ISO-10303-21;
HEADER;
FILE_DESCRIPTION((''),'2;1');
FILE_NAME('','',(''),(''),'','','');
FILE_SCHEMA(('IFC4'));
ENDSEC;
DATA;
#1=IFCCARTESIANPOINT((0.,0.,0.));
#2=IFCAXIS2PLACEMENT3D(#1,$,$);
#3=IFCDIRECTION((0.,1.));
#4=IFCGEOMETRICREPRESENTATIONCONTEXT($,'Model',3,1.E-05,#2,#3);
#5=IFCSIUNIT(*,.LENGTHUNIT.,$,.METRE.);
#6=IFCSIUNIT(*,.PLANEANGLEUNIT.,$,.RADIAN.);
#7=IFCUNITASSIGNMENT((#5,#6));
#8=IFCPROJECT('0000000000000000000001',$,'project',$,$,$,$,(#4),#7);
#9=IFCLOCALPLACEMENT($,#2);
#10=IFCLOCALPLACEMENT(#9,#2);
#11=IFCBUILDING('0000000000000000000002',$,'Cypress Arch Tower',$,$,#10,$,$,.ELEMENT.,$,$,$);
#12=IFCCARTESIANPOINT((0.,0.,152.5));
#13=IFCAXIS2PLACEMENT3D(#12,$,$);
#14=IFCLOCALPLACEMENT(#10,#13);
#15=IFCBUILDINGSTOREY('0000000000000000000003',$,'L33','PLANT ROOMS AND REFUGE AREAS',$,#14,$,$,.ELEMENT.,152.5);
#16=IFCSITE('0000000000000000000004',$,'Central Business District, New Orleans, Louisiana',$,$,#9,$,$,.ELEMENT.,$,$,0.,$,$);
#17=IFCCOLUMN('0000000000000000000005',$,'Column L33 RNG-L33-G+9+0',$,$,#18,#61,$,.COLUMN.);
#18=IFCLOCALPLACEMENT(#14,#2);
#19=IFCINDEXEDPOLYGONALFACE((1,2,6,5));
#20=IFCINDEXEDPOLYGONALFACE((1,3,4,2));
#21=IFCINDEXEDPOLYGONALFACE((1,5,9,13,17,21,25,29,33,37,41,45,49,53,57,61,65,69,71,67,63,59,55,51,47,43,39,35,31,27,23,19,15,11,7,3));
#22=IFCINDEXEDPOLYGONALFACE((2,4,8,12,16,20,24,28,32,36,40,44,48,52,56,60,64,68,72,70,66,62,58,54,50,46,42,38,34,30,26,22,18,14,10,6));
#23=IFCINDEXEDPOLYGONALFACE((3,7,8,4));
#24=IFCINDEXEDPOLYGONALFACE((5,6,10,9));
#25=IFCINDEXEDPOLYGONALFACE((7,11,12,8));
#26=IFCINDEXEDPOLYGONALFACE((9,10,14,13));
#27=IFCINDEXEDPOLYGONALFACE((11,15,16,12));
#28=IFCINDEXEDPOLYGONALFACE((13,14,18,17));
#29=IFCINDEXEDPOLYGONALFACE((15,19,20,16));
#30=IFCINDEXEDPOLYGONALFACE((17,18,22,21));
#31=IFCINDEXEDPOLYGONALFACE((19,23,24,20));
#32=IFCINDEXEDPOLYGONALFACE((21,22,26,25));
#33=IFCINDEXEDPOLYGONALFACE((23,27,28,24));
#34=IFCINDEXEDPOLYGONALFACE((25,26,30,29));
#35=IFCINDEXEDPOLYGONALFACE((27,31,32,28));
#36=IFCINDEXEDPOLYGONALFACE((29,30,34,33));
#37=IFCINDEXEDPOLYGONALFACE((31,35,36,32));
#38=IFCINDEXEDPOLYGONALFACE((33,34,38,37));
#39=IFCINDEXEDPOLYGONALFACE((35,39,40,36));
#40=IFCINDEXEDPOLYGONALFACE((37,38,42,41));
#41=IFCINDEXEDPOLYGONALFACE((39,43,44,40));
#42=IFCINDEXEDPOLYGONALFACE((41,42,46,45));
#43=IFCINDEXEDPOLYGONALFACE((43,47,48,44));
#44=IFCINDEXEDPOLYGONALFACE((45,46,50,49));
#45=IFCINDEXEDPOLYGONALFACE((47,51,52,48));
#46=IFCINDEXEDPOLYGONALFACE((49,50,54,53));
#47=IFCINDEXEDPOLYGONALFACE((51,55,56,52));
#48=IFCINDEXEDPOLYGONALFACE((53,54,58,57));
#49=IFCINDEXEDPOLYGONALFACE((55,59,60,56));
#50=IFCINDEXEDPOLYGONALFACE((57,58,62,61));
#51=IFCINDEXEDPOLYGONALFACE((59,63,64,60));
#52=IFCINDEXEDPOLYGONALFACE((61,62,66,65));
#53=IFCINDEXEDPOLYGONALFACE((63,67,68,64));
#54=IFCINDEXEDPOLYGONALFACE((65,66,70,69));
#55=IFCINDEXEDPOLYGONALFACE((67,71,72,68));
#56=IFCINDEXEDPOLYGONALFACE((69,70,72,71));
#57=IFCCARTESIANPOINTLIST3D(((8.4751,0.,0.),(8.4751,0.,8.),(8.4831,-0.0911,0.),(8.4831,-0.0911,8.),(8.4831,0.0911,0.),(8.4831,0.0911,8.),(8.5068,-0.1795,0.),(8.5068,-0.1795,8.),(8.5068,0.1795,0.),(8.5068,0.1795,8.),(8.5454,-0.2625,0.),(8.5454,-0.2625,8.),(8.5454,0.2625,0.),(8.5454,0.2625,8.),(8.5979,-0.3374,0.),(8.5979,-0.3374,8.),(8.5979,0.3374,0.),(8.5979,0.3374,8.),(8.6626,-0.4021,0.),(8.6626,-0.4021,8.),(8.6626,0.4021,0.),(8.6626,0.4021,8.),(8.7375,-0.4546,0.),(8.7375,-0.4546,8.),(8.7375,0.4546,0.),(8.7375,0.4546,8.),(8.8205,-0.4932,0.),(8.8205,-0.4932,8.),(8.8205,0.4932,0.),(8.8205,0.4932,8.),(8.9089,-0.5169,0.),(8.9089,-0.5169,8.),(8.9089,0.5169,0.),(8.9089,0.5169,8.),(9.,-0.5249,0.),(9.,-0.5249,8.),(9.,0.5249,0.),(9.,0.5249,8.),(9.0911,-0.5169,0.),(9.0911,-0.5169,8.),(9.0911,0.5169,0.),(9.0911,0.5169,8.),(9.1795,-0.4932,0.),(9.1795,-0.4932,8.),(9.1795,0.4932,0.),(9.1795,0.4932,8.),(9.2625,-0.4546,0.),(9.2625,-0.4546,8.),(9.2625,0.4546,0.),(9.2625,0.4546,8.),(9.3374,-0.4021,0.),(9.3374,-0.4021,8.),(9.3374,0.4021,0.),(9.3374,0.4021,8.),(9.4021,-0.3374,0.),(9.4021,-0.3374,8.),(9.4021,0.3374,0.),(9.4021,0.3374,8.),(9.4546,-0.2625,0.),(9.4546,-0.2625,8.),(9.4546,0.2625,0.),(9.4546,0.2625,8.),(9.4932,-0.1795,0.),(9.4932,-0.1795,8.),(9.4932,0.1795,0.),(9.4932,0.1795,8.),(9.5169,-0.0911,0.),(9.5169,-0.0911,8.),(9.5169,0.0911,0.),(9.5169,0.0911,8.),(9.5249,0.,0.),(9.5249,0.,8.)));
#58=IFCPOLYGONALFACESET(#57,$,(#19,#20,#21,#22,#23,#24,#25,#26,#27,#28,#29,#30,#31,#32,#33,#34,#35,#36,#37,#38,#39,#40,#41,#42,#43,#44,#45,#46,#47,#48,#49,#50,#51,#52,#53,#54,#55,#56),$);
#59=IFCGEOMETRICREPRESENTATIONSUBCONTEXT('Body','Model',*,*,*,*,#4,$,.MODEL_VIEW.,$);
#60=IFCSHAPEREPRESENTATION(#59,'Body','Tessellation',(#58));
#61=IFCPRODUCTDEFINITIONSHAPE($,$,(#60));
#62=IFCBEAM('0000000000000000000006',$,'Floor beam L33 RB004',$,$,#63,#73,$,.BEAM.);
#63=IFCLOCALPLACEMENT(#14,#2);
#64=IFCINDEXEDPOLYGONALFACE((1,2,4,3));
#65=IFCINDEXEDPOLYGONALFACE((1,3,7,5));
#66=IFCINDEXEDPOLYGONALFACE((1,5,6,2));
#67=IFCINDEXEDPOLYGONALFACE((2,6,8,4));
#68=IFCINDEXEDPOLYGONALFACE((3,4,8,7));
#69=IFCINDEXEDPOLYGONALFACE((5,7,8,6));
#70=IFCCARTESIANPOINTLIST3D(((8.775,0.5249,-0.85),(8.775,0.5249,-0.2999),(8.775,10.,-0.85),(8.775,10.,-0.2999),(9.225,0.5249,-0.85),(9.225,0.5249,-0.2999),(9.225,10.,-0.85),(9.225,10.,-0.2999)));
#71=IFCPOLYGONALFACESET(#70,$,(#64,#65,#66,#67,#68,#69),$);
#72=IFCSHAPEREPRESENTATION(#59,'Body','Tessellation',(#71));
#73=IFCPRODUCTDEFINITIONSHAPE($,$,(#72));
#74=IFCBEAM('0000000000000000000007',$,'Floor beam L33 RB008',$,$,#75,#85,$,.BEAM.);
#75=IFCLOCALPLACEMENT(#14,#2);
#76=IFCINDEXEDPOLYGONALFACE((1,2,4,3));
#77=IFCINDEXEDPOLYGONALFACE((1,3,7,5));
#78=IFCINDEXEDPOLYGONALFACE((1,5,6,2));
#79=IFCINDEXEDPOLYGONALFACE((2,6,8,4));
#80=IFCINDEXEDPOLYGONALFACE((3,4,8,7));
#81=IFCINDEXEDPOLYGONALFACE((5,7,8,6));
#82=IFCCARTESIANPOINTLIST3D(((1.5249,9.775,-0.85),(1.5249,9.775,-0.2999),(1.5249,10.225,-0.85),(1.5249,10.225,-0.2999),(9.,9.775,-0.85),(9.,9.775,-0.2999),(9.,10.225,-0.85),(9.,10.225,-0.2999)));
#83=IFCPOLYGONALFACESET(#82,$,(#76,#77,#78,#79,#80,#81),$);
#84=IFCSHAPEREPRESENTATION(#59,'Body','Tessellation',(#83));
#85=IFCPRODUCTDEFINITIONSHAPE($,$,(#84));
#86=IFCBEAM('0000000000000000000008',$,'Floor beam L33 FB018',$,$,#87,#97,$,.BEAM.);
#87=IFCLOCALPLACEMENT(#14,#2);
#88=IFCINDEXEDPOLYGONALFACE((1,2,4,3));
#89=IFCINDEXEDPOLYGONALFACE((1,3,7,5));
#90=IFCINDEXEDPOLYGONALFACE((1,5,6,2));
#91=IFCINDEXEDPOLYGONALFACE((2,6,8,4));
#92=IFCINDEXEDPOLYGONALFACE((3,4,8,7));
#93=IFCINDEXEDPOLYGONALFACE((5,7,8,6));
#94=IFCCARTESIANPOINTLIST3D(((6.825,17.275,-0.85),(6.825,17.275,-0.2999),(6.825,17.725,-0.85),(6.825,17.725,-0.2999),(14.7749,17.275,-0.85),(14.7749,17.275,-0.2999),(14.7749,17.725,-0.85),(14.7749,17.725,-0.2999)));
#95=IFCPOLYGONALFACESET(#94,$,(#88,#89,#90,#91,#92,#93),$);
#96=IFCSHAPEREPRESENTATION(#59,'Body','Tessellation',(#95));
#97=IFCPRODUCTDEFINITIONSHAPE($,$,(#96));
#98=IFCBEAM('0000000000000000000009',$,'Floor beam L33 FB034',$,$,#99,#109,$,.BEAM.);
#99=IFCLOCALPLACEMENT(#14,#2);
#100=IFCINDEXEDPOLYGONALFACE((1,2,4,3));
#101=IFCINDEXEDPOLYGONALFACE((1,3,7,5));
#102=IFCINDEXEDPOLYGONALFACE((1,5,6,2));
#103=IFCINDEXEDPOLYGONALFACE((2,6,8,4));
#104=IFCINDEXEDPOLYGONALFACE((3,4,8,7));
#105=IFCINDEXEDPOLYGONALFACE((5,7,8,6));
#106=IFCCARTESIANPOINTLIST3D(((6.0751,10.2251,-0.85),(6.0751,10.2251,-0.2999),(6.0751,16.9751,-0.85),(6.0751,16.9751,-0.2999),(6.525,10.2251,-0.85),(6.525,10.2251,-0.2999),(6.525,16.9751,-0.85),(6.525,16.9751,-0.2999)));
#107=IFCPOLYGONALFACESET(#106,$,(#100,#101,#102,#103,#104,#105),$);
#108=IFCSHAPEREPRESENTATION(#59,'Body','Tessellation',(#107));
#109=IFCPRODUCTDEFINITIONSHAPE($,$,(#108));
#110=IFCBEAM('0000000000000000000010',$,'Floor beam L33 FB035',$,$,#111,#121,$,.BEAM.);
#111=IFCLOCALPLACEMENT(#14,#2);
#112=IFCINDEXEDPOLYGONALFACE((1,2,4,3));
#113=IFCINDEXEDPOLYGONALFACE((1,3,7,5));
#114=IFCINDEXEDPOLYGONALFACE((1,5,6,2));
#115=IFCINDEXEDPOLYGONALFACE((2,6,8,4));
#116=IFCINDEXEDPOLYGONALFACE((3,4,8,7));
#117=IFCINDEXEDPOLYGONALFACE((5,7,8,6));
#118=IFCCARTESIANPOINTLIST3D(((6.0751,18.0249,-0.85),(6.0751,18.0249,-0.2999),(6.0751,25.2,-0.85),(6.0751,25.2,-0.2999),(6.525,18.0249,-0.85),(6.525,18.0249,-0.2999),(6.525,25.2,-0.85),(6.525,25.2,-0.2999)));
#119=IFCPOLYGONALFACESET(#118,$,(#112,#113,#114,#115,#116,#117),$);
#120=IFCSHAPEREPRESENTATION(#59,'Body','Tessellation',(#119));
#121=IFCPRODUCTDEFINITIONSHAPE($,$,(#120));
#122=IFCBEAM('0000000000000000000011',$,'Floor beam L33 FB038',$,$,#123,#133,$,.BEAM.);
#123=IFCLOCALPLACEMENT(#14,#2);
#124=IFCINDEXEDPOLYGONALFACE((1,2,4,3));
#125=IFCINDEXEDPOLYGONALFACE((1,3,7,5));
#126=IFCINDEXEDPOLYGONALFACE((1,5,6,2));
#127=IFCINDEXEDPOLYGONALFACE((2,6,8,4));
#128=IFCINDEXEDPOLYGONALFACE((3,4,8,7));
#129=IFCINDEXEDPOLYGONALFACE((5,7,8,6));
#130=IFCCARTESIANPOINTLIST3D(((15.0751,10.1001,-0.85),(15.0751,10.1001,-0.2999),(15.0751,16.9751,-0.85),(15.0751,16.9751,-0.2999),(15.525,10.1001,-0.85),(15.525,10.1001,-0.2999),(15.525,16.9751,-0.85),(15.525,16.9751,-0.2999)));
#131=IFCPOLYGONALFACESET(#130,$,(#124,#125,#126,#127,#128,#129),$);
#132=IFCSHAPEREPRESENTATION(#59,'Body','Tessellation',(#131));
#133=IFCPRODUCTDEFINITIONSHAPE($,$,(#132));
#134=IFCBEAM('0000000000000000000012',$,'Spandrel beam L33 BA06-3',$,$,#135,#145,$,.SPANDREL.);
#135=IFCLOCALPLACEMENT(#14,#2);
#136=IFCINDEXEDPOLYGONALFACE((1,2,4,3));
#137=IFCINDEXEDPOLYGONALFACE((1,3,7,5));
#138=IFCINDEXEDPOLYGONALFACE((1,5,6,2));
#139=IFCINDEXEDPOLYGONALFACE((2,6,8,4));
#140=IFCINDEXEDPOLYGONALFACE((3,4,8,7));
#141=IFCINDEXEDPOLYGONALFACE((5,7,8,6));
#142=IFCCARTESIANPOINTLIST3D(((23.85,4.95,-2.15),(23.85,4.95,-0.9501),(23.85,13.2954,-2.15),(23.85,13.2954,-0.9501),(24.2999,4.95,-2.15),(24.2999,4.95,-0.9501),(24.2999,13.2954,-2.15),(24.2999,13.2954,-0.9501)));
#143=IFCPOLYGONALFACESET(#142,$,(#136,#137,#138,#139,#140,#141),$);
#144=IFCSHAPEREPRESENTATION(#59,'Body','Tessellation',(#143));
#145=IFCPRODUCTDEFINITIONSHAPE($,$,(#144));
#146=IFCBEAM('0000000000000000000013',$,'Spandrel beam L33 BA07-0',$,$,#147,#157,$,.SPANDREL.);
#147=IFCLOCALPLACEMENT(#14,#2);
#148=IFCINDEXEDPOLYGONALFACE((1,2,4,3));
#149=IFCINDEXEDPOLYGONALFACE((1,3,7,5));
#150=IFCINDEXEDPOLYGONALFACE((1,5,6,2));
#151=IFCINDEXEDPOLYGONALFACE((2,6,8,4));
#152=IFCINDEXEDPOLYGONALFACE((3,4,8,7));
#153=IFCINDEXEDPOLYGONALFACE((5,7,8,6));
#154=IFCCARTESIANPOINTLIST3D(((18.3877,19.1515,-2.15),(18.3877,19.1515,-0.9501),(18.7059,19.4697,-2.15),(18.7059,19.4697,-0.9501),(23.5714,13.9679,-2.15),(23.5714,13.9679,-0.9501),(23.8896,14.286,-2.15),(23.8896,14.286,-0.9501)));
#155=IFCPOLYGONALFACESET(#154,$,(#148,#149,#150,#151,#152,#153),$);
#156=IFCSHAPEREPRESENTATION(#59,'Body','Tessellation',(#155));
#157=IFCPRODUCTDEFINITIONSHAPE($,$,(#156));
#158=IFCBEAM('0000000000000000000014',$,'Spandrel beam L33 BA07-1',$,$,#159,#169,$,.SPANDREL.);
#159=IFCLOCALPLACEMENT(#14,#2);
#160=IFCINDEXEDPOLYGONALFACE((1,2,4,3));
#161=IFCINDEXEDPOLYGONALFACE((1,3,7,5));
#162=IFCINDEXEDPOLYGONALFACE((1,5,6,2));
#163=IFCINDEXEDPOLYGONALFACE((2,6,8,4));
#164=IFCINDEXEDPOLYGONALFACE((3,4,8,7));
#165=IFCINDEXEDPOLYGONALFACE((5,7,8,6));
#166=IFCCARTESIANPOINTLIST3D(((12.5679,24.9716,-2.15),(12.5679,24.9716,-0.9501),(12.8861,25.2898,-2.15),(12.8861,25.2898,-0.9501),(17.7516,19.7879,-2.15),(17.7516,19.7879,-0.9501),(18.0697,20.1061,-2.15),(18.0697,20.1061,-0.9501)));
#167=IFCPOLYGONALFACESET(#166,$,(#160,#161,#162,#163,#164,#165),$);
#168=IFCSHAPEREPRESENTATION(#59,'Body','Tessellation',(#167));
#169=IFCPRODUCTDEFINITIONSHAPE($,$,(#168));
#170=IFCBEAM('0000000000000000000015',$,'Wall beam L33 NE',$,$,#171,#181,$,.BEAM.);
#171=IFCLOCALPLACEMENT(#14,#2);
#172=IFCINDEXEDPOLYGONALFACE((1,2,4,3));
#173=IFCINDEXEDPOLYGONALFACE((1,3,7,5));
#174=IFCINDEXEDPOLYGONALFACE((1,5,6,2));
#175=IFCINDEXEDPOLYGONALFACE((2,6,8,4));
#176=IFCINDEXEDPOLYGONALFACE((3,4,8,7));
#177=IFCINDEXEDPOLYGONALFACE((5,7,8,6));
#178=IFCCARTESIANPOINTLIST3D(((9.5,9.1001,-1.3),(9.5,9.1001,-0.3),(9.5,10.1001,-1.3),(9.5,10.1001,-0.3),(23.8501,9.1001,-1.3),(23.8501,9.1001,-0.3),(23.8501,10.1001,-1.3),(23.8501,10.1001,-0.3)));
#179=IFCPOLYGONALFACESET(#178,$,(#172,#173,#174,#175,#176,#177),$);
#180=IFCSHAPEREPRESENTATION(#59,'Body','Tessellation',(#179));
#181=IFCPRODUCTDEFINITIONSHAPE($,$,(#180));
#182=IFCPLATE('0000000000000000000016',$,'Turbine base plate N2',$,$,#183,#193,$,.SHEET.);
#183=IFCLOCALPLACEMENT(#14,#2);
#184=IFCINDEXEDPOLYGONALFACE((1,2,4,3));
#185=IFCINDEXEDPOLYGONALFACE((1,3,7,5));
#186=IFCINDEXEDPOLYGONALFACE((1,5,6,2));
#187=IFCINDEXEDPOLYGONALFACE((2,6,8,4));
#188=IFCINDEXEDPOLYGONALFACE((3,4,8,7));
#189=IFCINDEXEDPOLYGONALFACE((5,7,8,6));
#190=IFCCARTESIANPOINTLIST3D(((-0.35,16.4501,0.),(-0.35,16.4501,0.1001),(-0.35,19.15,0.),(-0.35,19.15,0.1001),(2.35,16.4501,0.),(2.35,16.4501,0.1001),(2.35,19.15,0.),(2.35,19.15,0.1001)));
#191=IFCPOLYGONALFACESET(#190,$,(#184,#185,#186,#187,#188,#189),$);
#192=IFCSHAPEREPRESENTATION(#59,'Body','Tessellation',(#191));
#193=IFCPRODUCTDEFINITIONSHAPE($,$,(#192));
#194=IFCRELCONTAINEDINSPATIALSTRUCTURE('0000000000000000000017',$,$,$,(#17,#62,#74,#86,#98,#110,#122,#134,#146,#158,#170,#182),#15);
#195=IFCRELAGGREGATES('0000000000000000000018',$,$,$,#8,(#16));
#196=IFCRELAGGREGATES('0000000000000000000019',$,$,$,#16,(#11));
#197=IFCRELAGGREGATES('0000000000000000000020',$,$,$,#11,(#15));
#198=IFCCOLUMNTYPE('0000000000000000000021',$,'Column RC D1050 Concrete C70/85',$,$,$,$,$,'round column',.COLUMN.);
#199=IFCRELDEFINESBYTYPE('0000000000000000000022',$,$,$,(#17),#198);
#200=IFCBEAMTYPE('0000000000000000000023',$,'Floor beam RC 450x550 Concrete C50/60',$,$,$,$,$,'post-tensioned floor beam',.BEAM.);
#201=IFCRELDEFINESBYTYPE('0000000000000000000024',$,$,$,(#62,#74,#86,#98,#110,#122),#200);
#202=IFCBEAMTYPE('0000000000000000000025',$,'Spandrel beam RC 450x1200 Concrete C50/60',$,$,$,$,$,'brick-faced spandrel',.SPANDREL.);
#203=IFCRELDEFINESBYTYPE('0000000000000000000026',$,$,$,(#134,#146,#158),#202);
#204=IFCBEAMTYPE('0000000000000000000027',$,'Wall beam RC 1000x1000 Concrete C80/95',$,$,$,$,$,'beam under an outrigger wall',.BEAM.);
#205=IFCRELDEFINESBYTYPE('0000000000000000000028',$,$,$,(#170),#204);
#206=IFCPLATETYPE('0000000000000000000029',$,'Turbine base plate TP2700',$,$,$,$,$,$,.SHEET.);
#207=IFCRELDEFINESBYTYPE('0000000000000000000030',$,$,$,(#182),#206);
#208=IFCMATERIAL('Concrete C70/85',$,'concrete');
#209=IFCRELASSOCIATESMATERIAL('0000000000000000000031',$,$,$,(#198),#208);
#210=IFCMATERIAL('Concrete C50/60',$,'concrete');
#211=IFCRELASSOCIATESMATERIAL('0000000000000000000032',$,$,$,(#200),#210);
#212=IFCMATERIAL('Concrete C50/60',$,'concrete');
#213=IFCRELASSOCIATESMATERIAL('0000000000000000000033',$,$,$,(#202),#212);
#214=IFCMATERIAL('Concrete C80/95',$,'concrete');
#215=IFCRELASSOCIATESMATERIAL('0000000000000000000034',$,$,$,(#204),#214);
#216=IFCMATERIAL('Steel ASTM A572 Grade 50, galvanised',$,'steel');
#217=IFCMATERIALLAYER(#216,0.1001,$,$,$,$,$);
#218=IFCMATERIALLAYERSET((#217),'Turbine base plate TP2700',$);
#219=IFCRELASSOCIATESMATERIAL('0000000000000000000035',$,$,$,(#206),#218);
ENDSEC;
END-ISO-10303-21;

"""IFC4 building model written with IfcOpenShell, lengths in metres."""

from ifc_helpers import new_model, si_unit, direction, frame, origin, origin_2d, place, context, subcontext, project, spatial, rectangle, circle, extrude, material, layer, layer_set, material_profile, profile_set, type_object, element, save


model = new_model("IFC4")

# Units and contexts
model_context = context("Model", 3, precision=1e-05, world=origin(), true_north=direction((0.0, 1.0)))
body_context = subcontext(model_context, "Body", "Model", "MODEL_VIEW")
ifc_project = project(units=[si_unit("LENGTHUNIT", "METRE"), si_unit("PLANEANGLEUNIT", "RADIAN")], contexts=[model_context])

# Site, building, storey
site_placement = place(None, origin())
site = spatial("IfcSite", under=ifc_project, at=site_placement, Name="Central Business District, New Orleans, Louisiana", CompositionType="ELEMENT", RefElevation=0.0)
building_placement = place(site_placement, origin())
building = spatial("IfcBuilding", under=site, at=building_placement, Name="Cypress Arch Tower", CompositionType="ELEMENT")
storey_placement = place(building_placement, frame((0.0, 0.0, 152.5)))
storey = spatial("IfcBuildingStorey", under=building, at=storey_placement, Name="L33", Description="PLANT ROOMS AND REFUGE AREAS", CompositionType="ELEMENT", Elevation=152.5)

# Column
ifc_material_1 = material(Name="Concrete C70/85", Category="concrete")
ifc_material_profile_1 = material_profile(ifc_material_1, circle(Radius=0.5249, at=origin_2d()), Name="RC D1050")
ifc_profile_set_1 = profile_set([ifc_material_profile_1], Name="Concrete C70/85")
column_type_1 = type_object("IfcColumnType", Name="Column RC D1050 Concrete C70/85", ElementType="round column", PredefinedType="COLUMN", material=ifc_profile_set_1)
for number, where, z_axis, x_axis, name in (
    (1, (9.0, 0.0, 0.0), (0.0, 0.0, 1.0), (1.0, 0.0, 0.0), "Column L33 RNG-L33-G+9+0"),
):
    element("IfcColumn", number, at=place(storey_placement, frame(where, z_axis=z_axis, x_axis=x_axis)), inside=storey, type_object=column_type_1, Name=name, PredefinedType="COLUMN", context=body_context, shape_type="SweptSolid", body=[
        extrude(circle(Radius=0.5249, at=origin_2d()), origin(), (0.0, 0.0, 1.0), 8.0),
    ])

# Beams
ifc_material_2 = material(Name="Concrete C50/60", Category="concrete")
ifc_material_profile_2 = material_profile(ifc_material_2, rectangle(XDim=0.45, YDim=0.55, at=origin_2d()), Name="RC 450x550")
ifc_profile_set_2 = profile_set([ifc_material_profile_2], Name="Concrete C50/60")
beam_type_1 = type_object("IfcBeamType", Name="Floor beam RC 450x550 Concrete C50/60", ElementType="post-tensioned floor beam", PredefinedType="BEAM", material=ifc_profile_set_2)
beam_1_placement = place(storey_placement, frame((9.0, 0.5249, -0.575), z_axis=(0.0, 1.0, 0.0), x_axis=(-1.0, 0.0, 0.0)))
element("IfcBeam", 2, at=beam_1_placement, inside=storey, type_object=beam_type_1, Name="Floor beam L33 RB004", PredefinedType="BEAM", context=body_context, shape_type="SweptSolid", body=[
    extrude(rectangle(XDim=0.45, YDim=0.55, at=origin_2d()), origin(), (0.0, 0.0, 1.0), 9.4751),
])
beam_2_placement = place(storey_placement, frame((1.5249, 10.0, -0.575), z_axis=(1.0, 0.0, 0.0), x_axis=(0.0, 1.0, 0.0)))
element("IfcBeam", 3, at=beam_2_placement, inside=storey, type_object=beam_type_1, Name="Floor beam L33 RB008", PredefinedType="BEAM", context=body_context, shape_type="SweptSolid", body=[
    extrude(rectangle(XDim=0.45, YDim=0.55, at=origin_2d()), origin(), (0.0, 0.0, 1.0), 7.4751),
])
beam_3_placement = place(storey_placement, frame((6.825, 17.5, -0.575), z_axis=(1.0, 0.0, 0.0), x_axis=(0.0, 1.0, 0.0)))
element("IfcBeam", 4, at=beam_3_placement, inside=storey, type_object=beam_type_1, Name="Floor beam L33 FB018", PredefinedType="BEAM", context=body_context, shape_type="SweptSolid", body=[
    extrude(rectangle(XDim=0.45, YDim=0.55, at=origin_2d()), origin(), (0.0, 0.0, 1.0), 7.95),
])
beam_4_placement = place(storey_placement, frame((6.3, 10.2251, -0.575), z_axis=(0.0, 1.0, 0.0), x_axis=(-1.0, 0.0, 0.0)))
element("IfcBeam", 5, at=beam_4_placement, inside=storey, type_object=beam_type_1, Name="Floor beam L33 FB034", PredefinedType="BEAM", context=body_context, shape_type="SweptSolid", body=[
    extrude(rectangle(XDim=0.45, YDim=0.55, at=origin_2d()), origin(), (0.0, 0.0, 1.0), 6.75),
])
beam_5_placement = place(storey_placement, frame((6.3, 18.0249, -0.575), z_axis=(0.0, 1.0, 0.0), x_axis=(-1.0, 0.0, 0.0)))
element("IfcBeam", 6, at=beam_5_placement, inside=storey, type_object=beam_type_1, Name="Floor beam L33 FB035", PredefinedType="BEAM", context=body_context, shape_type="SweptSolid", body=[
    extrude(rectangle(XDim=0.45, YDim=0.55, at=origin_2d()), origin(), (0.0, 0.0, 1.0), 7.175),
])
beam_6_placement = place(storey_placement, frame((15.3, 10.1001, -0.575), z_axis=(0.0, 1.0, 0.0), x_axis=(-1.0, 0.0, 0.0)))
element("IfcBeam", 7, at=beam_6_placement, inside=storey, type_object=beam_type_1, Name="Floor beam L33 FB038", PredefinedType="BEAM", context=body_context, shape_type="SweptSolid", body=[
    extrude(rectangle(XDim=0.45, YDim=0.55, at=origin_2d()), origin(), (0.0, 0.0, 1.0), 6.875),
])
ifc_material_3 = material(Name="Concrete C50/60", Category="concrete")
ifc_material_profile_3 = material_profile(ifc_material_3, rectangle(XDim=0.45, YDim=1.2, at=origin_2d()), Name="RC 450x1200")
ifc_profile_set_3 = profile_set([ifc_material_profile_3], Name="Concrete C50/60")
beam_type_2 = type_object("IfcBeamType", Name="Spandrel beam RC 450x1200 Concrete C50/60", ElementType="brick-faced spandrel", PredefinedType="SPANDREL", material=ifc_profile_set_3)
beam_7_placement = place(storey_placement, frame((24.075, 4.95, -1.55), z_axis=(0.0, 1.0, 0.0), x_axis=(-1.0, 0.0, 0.0)))
element("IfcBeam", 8, at=beam_7_placement, inside=storey, type_object=beam_type_2, Name="Spandrel beam L33 BA06-3", PredefinedType="SPANDREL", context=body_context, shape_type="SweptSolid", body=[
    extrude(rectangle(XDim=0.45, YDim=1.2, at=origin_2d()), origin(), (0.0, 0.0, 1.0), 8.3455),
])
for number, where, z_axis, x_axis, name in (
    (9, (23.7305, 14.127, -1.55), (-0.707107, 0.707107, 0.0), (-0.707107, -0.707107, 0.0), "Spandrel beam L33 BA07-0"),
    (10, (17.9106, 19.947, -1.55), (-0.707107, 0.707107, 0.0), (-0.707107, -0.707107, 0.0), "Spandrel beam L33 BA07-1"),
):
    element("IfcBeam", number, at=place(storey_placement, frame(where, z_axis=z_axis, x_axis=x_axis)), inside=storey, type_object=beam_type_2, Name=name, PredefinedType="SPANDREL", context=body_context, shape_type="SweptSolid", body=[
        extrude(rectangle(XDim=0.45, YDim=1.2, at=origin_2d()), origin(), (0.0, 0.0, 1.0), 7.3308),
    ])
ifc_material_4 = material(Name="Concrete C80/95", Category="concrete")
ifc_material_profile_4 = material_profile(ifc_material_4, rectangle(XDim=1.0, YDim=1.0, at=origin_2d()), Name="RC 1000x1000")
ifc_profile_set_4 = profile_set([ifc_material_profile_4], Name="Concrete C80/95")
beam_type_3 = type_object("IfcBeamType", Name="Wall beam RC 1000x1000 Concrete C80/95", ElementType="beam under an outrigger wall", PredefinedType="BEAM", material=ifc_profile_set_4)
beam_8_placement = place(storey_placement, frame((9.5, 9.6001, -0.8), z_axis=(1.0, 0.0, 0.0), x_axis=(0.0, 1.0, 0.0)))
element("IfcBeam", 11, at=beam_8_placement, inside=storey, type_object=beam_type_3, Name="Wall beam L33 NE", PredefinedType="BEAM", context=body_context, shape_type="SweptSolid", body=[
    extrude(rectangle(XDim=1.0, YDim=1.0, at=origin_2d()), origin(), (0.0, 0.0, 1.0), 14.3501),
])

# Plate
ifc_material_5 = material(Name="Steel ASTM A572 Grade 50, galvanised", Category="steel")
ifc_layer_1 = layer(ifc_material_5, 0.1001)
ifc_layer_set_1 = layer_set([ifc_layer_1], Name="Turbine base plate TP2700")
plate_type = type_object("IfcPlateType", Name="Turbine base plate TP2700", PredefinedType="SHEET", material=ifc_layer_set_1)
for number, where, z_axis, x_axis, name in (
    (12, (1.0, 17.8, 0.0), (0.0, 0.0, 1.0), (1.0, 0.0, 0.0), "Turbine base plate N2"),
):
    element("IfcPlate", number, at=place(storey_placement, frame(where, z_axis=z_axis, x_axis=x_axis)), inside=storey, type_object=plate_type, Name=name, PredefinedType="SHEET", context=body_context, shape_type="SweptSolid", body=[
        extrude(rectangle(XDim=2.7, YDim=2.7, at=origin_2d()), origin(), (0.0, 0.0, 1.0), 0.1001),
    ])

save(model, "model.ifc")
